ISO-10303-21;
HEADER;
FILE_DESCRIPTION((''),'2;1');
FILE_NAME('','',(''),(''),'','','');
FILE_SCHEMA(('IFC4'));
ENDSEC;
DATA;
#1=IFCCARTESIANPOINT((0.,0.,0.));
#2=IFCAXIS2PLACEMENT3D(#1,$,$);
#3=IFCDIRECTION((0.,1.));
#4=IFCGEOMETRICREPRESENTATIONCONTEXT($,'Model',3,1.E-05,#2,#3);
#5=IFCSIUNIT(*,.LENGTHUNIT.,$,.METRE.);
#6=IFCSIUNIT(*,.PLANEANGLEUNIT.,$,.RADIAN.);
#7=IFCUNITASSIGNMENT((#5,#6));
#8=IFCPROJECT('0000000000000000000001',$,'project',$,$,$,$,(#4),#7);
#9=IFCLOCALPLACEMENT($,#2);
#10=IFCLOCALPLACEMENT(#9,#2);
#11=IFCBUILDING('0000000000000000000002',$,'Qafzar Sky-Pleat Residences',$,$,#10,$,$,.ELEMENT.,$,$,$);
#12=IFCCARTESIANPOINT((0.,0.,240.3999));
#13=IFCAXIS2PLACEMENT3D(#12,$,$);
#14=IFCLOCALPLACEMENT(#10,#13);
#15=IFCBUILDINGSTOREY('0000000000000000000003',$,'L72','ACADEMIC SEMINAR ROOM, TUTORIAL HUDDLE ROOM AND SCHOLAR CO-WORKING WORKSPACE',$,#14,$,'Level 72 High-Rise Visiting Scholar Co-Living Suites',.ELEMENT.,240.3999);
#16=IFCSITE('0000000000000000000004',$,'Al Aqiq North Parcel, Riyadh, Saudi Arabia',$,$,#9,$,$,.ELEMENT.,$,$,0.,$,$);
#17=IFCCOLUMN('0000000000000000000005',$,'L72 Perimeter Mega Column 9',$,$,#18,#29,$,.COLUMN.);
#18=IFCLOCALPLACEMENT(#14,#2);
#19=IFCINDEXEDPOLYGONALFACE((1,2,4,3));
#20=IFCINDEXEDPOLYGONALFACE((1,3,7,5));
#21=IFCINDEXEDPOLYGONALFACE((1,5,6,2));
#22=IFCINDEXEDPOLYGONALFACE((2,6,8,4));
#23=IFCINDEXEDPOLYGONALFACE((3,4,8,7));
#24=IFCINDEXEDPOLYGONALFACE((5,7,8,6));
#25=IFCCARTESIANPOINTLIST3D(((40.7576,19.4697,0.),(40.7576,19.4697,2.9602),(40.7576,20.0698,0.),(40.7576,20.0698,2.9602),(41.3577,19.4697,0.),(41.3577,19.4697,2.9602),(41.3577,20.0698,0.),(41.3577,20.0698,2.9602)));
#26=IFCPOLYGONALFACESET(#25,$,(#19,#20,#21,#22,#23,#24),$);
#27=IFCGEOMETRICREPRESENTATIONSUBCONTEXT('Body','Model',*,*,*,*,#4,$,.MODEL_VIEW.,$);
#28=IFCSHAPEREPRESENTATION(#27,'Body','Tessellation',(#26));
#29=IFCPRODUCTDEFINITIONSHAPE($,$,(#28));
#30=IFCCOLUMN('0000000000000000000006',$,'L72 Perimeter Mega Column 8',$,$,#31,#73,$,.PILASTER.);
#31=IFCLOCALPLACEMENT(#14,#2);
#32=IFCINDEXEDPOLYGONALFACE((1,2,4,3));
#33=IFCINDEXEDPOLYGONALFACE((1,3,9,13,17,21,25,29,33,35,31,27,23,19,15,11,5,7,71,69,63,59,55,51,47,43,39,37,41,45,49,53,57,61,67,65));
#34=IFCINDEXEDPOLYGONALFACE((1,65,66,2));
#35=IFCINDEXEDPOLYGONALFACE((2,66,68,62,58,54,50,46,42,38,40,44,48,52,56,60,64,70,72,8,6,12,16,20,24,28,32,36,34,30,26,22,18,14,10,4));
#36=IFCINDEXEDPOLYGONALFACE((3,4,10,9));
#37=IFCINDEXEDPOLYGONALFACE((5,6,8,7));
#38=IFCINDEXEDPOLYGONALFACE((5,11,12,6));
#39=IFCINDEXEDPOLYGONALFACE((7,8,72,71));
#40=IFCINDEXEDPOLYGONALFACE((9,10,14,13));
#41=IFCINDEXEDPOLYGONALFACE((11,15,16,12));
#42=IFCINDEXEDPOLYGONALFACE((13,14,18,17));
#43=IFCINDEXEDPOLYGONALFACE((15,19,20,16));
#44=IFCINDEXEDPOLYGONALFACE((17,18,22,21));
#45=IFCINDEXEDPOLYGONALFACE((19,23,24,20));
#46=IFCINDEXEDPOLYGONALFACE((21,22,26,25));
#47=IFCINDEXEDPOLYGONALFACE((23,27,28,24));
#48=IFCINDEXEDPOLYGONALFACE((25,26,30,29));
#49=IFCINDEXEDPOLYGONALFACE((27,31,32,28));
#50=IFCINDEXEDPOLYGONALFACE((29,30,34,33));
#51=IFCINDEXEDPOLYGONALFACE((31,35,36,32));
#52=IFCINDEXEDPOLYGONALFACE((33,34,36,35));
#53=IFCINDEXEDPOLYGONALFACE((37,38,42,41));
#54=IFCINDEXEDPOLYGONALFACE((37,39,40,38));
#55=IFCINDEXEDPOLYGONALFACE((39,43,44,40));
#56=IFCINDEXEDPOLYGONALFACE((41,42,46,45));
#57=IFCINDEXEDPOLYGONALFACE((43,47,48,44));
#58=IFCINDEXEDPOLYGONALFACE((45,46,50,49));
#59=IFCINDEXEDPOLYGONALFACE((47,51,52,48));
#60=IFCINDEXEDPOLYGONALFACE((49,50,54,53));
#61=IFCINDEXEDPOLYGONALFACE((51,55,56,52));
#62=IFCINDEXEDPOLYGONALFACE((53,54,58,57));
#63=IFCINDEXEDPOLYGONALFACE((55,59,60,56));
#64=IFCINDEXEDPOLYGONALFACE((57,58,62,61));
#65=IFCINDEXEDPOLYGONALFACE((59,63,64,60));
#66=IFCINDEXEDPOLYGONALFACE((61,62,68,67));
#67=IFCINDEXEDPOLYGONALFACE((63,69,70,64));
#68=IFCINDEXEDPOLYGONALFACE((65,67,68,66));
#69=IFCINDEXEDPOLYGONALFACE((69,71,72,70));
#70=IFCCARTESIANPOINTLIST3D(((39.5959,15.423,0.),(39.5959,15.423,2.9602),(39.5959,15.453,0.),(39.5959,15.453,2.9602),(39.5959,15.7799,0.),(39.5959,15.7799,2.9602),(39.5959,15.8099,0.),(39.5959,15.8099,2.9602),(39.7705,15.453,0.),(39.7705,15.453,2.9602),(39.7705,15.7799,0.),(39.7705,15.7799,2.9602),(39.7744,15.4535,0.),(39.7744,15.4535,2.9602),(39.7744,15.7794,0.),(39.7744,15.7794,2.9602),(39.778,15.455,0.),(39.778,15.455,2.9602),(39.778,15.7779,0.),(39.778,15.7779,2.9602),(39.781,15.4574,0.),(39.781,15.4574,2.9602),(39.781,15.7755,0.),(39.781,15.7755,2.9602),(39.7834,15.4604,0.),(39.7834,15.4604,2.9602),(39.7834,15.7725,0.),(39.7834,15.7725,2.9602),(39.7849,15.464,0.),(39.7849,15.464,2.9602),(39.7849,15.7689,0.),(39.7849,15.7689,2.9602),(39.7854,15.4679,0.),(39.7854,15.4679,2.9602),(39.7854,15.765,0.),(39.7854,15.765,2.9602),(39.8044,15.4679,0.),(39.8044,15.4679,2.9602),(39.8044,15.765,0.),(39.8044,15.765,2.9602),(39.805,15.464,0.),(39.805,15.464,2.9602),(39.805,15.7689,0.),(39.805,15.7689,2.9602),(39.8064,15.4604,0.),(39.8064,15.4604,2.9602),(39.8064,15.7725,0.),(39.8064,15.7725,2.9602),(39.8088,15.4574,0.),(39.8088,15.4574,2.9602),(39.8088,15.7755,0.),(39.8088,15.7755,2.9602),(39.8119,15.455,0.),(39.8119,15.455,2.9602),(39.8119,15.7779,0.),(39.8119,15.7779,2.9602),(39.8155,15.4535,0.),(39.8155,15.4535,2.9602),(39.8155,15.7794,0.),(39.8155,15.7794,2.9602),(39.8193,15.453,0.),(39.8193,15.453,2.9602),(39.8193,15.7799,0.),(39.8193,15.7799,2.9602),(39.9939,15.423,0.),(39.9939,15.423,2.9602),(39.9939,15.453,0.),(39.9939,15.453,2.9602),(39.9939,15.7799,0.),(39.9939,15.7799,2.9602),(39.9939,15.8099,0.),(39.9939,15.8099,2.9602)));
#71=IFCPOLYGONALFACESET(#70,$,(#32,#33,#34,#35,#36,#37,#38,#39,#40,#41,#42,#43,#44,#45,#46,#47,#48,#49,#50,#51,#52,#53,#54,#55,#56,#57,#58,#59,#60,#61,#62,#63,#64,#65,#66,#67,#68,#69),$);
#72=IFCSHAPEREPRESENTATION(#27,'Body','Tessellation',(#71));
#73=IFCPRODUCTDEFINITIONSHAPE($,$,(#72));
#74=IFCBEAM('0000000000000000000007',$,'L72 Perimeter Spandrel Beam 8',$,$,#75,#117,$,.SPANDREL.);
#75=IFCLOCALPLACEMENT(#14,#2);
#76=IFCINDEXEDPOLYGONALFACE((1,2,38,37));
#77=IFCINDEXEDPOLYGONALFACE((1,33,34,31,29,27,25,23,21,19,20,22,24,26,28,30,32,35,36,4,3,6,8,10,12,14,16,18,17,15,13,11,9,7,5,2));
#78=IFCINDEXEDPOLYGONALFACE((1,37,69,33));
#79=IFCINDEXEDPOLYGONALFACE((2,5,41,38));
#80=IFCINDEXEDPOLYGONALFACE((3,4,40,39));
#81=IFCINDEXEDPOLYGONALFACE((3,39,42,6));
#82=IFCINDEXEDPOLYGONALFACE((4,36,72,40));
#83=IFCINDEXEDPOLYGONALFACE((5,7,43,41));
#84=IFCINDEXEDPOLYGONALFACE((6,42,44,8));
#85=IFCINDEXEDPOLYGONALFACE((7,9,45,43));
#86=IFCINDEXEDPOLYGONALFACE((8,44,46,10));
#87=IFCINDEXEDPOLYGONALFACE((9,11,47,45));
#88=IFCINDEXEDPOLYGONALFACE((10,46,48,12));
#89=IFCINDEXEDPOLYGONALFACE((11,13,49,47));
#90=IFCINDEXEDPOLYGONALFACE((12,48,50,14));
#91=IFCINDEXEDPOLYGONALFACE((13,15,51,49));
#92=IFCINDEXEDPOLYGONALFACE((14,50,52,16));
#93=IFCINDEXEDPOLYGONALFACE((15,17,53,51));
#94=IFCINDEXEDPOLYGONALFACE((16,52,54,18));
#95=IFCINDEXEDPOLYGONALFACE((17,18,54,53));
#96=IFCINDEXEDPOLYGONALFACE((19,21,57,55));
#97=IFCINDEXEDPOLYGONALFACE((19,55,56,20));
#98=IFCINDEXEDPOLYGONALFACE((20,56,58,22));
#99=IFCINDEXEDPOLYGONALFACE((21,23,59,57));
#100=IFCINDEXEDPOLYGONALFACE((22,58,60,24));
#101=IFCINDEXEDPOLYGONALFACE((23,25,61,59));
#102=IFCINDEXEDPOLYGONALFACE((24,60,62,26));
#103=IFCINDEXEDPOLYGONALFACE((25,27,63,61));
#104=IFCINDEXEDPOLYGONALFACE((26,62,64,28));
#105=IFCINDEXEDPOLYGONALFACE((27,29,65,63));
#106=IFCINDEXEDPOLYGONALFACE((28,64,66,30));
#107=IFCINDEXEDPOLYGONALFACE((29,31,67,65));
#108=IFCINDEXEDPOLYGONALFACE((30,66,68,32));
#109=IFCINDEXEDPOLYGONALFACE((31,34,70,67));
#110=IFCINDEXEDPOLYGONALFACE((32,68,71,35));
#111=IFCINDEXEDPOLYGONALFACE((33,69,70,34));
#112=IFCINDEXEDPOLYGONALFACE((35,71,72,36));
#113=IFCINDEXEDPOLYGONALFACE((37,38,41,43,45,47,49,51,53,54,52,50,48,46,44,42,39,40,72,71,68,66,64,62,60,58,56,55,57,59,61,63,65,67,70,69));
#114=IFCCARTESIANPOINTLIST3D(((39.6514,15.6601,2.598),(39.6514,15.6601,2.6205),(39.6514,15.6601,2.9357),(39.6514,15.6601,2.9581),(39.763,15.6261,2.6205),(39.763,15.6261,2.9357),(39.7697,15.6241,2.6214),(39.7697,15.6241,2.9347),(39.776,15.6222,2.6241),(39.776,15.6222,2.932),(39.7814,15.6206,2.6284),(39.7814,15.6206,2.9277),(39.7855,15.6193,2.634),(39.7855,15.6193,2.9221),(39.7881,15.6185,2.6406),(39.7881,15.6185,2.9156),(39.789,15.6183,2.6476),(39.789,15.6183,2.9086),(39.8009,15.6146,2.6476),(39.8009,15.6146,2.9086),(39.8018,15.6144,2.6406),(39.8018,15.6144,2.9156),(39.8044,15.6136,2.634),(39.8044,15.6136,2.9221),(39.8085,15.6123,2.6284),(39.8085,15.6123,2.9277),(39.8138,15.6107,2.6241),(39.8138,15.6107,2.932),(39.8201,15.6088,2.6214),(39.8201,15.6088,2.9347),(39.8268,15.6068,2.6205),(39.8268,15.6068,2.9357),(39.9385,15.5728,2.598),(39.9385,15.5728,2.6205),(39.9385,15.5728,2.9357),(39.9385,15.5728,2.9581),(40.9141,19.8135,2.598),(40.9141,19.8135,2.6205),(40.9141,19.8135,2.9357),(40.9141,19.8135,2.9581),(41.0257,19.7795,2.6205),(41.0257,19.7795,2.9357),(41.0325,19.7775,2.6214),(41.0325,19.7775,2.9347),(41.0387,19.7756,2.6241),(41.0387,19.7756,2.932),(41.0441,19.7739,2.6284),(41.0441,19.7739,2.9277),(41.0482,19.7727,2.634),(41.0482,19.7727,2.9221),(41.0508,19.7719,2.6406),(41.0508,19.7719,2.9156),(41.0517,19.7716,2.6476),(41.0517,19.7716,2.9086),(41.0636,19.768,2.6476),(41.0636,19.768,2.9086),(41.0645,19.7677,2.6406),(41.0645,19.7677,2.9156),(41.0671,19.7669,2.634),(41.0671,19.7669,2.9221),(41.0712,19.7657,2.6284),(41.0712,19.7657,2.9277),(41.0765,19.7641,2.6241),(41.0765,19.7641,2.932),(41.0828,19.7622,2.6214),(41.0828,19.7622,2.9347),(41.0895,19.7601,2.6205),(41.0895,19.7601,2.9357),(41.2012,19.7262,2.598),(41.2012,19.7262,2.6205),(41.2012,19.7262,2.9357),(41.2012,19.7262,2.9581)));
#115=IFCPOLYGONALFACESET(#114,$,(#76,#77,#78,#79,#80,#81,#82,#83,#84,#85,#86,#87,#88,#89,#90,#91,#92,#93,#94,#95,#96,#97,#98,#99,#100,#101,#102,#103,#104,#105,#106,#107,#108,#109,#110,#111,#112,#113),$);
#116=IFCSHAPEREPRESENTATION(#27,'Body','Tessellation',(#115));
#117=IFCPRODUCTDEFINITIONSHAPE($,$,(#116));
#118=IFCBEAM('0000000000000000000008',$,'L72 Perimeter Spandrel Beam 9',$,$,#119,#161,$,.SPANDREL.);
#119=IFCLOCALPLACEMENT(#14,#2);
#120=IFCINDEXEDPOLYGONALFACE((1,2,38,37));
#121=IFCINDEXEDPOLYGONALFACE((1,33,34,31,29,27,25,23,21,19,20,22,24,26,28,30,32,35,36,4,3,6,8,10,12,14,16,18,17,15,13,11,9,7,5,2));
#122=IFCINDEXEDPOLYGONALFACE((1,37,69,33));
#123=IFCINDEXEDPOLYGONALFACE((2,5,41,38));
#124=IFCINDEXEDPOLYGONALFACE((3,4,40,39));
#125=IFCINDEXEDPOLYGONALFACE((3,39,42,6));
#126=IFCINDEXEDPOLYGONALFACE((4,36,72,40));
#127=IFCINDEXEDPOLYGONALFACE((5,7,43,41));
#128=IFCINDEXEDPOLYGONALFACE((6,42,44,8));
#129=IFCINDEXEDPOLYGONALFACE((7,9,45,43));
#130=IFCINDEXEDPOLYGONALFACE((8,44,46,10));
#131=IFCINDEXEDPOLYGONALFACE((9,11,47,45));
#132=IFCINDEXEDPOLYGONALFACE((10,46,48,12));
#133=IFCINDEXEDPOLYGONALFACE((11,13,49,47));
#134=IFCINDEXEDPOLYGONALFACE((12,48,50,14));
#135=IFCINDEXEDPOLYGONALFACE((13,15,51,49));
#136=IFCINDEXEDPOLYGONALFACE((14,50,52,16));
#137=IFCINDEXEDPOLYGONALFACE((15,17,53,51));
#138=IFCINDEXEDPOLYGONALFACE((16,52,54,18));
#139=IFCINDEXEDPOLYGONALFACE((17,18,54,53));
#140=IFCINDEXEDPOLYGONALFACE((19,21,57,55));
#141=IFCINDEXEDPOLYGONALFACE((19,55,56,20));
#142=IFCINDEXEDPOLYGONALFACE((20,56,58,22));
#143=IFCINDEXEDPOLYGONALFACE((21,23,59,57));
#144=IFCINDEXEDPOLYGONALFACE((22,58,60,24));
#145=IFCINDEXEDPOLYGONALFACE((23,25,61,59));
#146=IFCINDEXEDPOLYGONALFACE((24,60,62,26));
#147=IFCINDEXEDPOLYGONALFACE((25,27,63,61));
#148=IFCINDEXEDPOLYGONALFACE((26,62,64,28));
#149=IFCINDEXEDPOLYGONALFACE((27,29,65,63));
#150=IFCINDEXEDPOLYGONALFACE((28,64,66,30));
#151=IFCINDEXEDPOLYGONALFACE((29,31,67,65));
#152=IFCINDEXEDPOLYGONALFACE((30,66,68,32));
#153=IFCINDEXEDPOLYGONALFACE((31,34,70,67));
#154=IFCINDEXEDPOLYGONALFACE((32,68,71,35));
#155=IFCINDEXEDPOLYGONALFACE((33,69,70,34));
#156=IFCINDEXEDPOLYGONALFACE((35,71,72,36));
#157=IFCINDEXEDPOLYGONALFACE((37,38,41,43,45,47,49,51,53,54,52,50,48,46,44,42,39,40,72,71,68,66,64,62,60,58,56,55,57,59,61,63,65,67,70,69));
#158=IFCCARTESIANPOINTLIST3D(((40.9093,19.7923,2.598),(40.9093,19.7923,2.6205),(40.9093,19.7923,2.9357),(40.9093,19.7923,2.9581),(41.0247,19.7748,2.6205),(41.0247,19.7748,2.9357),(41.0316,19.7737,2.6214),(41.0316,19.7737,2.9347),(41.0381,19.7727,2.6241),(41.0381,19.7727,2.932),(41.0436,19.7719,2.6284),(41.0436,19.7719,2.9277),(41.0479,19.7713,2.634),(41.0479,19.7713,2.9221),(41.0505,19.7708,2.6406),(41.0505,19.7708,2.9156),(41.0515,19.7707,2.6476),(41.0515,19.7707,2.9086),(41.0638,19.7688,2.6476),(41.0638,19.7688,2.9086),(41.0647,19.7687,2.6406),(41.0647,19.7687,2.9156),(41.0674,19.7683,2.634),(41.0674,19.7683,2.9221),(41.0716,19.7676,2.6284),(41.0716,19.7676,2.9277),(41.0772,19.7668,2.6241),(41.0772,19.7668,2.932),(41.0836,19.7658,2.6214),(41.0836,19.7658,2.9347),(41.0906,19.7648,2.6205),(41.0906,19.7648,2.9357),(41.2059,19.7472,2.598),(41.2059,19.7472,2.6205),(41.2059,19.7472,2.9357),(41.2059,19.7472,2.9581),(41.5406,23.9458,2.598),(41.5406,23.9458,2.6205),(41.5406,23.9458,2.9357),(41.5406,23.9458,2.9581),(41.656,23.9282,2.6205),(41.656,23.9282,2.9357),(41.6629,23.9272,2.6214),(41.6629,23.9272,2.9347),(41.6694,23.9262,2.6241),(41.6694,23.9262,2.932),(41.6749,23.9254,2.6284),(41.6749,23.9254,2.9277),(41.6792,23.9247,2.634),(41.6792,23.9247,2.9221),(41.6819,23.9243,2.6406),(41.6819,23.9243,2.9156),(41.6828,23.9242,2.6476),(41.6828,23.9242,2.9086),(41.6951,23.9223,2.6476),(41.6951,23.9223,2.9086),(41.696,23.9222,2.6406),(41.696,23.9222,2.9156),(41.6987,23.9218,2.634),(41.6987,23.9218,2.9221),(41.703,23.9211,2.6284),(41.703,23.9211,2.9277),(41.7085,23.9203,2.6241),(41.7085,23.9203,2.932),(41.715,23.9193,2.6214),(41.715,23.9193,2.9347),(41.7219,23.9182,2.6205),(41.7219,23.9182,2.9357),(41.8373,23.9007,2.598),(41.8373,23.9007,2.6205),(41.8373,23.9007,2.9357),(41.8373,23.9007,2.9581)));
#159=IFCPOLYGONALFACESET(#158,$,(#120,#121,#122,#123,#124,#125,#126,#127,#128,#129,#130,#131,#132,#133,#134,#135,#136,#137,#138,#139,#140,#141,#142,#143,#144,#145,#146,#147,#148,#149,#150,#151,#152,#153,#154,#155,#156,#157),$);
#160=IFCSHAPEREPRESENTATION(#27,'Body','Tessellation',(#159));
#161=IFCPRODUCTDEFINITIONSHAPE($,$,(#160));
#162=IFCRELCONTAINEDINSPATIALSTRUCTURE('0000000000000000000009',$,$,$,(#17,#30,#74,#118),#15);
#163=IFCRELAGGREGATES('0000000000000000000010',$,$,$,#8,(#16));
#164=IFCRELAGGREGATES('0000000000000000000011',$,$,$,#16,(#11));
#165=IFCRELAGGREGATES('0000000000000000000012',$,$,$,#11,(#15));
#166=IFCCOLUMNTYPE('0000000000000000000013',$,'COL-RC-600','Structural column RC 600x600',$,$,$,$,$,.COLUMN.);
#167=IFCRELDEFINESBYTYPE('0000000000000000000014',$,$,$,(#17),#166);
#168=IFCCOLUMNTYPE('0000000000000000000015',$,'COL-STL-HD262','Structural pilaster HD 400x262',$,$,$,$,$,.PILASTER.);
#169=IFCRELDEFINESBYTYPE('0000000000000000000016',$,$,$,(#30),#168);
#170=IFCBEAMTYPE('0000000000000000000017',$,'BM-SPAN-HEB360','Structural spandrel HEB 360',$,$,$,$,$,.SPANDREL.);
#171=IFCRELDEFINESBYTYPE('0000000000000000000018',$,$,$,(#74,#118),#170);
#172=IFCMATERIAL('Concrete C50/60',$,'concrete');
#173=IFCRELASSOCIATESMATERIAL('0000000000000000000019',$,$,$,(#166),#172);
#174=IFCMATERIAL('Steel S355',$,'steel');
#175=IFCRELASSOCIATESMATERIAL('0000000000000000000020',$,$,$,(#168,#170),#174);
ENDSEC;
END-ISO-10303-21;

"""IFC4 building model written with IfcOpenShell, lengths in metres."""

from ifc_helpers import new_model, si_unit, direction, frame, origin, origin_2d, place, context, subcontext, project, spatial, rectangle, i_section, extrude, source, transform, mapped, material, material_profile, profile_set, type_object, element, save


model = new_model("IFC4")

# Units and contexts
model_context = context("Model", 3, precision=1e-05, world=origin(), true_north=direction((0.0, 1.0)))
body_context = subcontext(model_context, "Body", "Model", "MODEL_VIEW")
ifc_project = project(units=[si_unit("LENGTHUNIT", "METRE"), si_unit("PLANEANGLEUNIT", "RADIAN")], contexts=[model_context])

# Site, building, storey
site_placement = place(None, origin())
site = spatial("IfcSite", under=ifc_project, at=site_placement, Name="Al Aqiq North Parcel, Riyadh, Saudi Arabia", CompositionType="ELEMENT", RefElevation=0.0)
building_placement = place(site_placement, origin())
building = spatial("IfcBuilding", under=site, at=building_placement, Name="Qafzar Sky-Pleat Residences", CompositionType="ELEMENT")
storey_placement = place(building_placement, frame((0.0, 0.0, 240.3999)))
storey = spatial("IfcBuildingStorey", under=building, at=storey_placement, Name="L72", Description="ACADEMIC SEMINAR ROOM, TUTORIAL HUDDLE ROOM AND SCHOLAR CO-WORKING WORKSPACE", LongName="Level 72 High-Rise Visiting Scholar Co-Living Suites", CompositionType="ELEMENT", Elevation=240.3999)

# Columns
ifc_material_1 = material(Name="Concrete C50/60", Category="concrete")
ifc_material_profile_1 = material_profile(ifc_material_1, rectangle(XDim=0.6001, YDim=0.6001, at=origin_2d()), Name="RC 600x600")
ifc_profile_set_1 = profile_set([ifc_material_profile_1], Name="Concrete C50/60")
column_type_1 = type_object("IfcColumnType", Name="COL-RC-600", Description="Structural column RC 600x600", PredefinedType="COLUMN", material=ifc_profile_set_1)
shared_shape_1 = source(origin(), body_context, "Body", "SweptSolid", [
    extrude(rectangle(XDim=0.6001, YDim=0.6001, at=origin_2d()), origin(), (0.0, 0.0, 1.0), 2.9602),
])
column_1_placement = place(storey_placement, frame((41.0576, 19.7698, 0.0), z_axis=(0.0, 0.0, 1.0), x_axis=(1.0, 0.0, 0.0)))
element("IfcColumn", 1, at=column_1_placement, inside=storey, type_object=column_type_1, Name="L72 Perimeter Mega Column 9", PredefinedType="COLUMN", context=body_context, shape_type="MappedRepresentation", body=[
    mapped(shared_shape_1, transform((0.0, 0.0, 0.0), x_axis=(1.0, 0.0, 0.0), y_axis=(0.0, 1.0, 0.0), z_axis=(0.0, 0.0, 1.0), scale=1.0)),
])
ifc_material_2 = material(Name="Steel S355", Category="steel")
ifc_material_profile_2 = material_profile(ifc_material_2, i_section(OverallWidth=0.3979, OverallDepth=0.387, WebThickness=0.019, FlangeThickness=0.03, FilletRadius=0.0149, at=origin_2d()), Name="HD 400x262")
ifc_profile_set_2 = profile_set([ifc_material_profile_2], Name="Steel S355")
column_type_2 = type_object("IfcColumnType", Name="COL-STL-HD262", Description="Structural pilaster HD 400x262", PredefinedType="PILASTER", material=ifc_profile_set_2)
shared_shape_2 = source(origin(), body_context, "Body", "SweptSolid", [
    extrude(i_section(OverallWidth=0.3979, OverallDepth=0.387, WebThickness=0.019, FlangeThickness=0.03, FilletRadius=0.0149, at=origin_2d()), origin(), (0.0, 0.0, 1.0), 2.9602),
])
column_2_placement = place(storey_placement, frame((39.7949, 15.6165, 0.0), z_axis=(0.0, 0.0, 1.0), x_axis=(1.0, 0.0, 0.0)))
element("IfcColumn", 2, at=column_2_placement, inside=storey, type_object=column_type_2, Name="L72 Perimeter Mega Column 8", PredefinedType="PILASTER", context=body_context, shape_type="MappedRepresentation", body=[
    mapped(shared_shape_2, transform((0.0, 0.0, 0.0), x_axis=(1.0, 0.0, 0.0), y_axis=(0.0, 1.0, 0.0), z_axis=(0.0, 0.0, 1.0), scale=1.0)),
])

# Beams
ifc_material_profile_3 = material_profile(ifc_material_2, i_section(OverallWidth=0.3, OverallDepth=0.3601, WebThickness=0.0125, FlangeThickness=0.0225, FilletRadius=0.0271, at=origin_2d()), Name="HEB 360")
ifc_profile_set_3 = profile_set([ifc_material_profile_3], Name="Steel S355")
beam_type_1 = type_object("IfcBeamType", Name="BM-SPAN-HEB360", Description="Structural spandrel HEB 360", PredefinedType="SPANDREL", material=ifc_profile_set_3)
shared_shape_3 = source(origin(), body_context, "Body", "SweptSolid", [
    extrude(i_section(OverallWidth=0.3, OverallDepth=0.3601, WebThickness=0.0125, FlangeThickness=0.0225, FilletRadius=0.0271, at=origin_2d()), origin(), (0.0, 0.0, 1.0), 4.3411),
])
beam_1_placement = place(storey_placement, frame((39.7949, 15.6165, 2.7781), z_axis=(0.290875, 0.956761, 0.0), x_axis=(-0.956761, 0.290875, 0.0)))
element("IfcBeam", 3, at=beam_1_placement, inside=storey, type_object=beam_type_1, Name="L72 Perimeter Spandrel Beam 8", PredefinedType="SPANDREL", context=body_context, shape_type="MappedRepresentation", body=[
    mapped(shared_shape_3, transform((0.0, 0.0, 0.0), x_axis=(1.0, 0.0, 0.0), y_axis=(0.0, 1.0, 0.0), z_axis=(0.0, 0.0, 1.0), scale=1.0)),
])
shared_shape_4 = source(origin(), body_context, "Body", "SweptSolid", [
    extrude(i_section(OverallWidth=0.3, OverallDepth=0.3601, WebThickness=0.0125, FlangeThickness=0.0225, FilletRadius=0.0271, at=origin_2d()), origin(), (0.0, 0.0, 1.0), 4.2012),
])
beam_2_placement = place(storey_placement, frame((41.0576, 19.7698, 2.7781), z_axis=(0.150275, 0.988644, 0.0), x_axis=(-0.988644, 0.150275, 0.0)))
element("IfcBeam", 4, at=beam_2_placement, inside=storey, type_object=beam_type_1, Name="L72 Perimeter Spandrel Beam 9", PredefinedType="SPANDREL", context=body_context, shape_type="MappedRepresentation", body=[
    mapped(shared_shape_4, transform((0.0, 0.0, 0.0), x_axis=(1.0, 0.0, 0.0), y_axis=(0.0, 1.0, 0.0), z_axis=(0.0, 0.0, 1.0), scale=1.0)),
])

save(model, "model.ifc")
